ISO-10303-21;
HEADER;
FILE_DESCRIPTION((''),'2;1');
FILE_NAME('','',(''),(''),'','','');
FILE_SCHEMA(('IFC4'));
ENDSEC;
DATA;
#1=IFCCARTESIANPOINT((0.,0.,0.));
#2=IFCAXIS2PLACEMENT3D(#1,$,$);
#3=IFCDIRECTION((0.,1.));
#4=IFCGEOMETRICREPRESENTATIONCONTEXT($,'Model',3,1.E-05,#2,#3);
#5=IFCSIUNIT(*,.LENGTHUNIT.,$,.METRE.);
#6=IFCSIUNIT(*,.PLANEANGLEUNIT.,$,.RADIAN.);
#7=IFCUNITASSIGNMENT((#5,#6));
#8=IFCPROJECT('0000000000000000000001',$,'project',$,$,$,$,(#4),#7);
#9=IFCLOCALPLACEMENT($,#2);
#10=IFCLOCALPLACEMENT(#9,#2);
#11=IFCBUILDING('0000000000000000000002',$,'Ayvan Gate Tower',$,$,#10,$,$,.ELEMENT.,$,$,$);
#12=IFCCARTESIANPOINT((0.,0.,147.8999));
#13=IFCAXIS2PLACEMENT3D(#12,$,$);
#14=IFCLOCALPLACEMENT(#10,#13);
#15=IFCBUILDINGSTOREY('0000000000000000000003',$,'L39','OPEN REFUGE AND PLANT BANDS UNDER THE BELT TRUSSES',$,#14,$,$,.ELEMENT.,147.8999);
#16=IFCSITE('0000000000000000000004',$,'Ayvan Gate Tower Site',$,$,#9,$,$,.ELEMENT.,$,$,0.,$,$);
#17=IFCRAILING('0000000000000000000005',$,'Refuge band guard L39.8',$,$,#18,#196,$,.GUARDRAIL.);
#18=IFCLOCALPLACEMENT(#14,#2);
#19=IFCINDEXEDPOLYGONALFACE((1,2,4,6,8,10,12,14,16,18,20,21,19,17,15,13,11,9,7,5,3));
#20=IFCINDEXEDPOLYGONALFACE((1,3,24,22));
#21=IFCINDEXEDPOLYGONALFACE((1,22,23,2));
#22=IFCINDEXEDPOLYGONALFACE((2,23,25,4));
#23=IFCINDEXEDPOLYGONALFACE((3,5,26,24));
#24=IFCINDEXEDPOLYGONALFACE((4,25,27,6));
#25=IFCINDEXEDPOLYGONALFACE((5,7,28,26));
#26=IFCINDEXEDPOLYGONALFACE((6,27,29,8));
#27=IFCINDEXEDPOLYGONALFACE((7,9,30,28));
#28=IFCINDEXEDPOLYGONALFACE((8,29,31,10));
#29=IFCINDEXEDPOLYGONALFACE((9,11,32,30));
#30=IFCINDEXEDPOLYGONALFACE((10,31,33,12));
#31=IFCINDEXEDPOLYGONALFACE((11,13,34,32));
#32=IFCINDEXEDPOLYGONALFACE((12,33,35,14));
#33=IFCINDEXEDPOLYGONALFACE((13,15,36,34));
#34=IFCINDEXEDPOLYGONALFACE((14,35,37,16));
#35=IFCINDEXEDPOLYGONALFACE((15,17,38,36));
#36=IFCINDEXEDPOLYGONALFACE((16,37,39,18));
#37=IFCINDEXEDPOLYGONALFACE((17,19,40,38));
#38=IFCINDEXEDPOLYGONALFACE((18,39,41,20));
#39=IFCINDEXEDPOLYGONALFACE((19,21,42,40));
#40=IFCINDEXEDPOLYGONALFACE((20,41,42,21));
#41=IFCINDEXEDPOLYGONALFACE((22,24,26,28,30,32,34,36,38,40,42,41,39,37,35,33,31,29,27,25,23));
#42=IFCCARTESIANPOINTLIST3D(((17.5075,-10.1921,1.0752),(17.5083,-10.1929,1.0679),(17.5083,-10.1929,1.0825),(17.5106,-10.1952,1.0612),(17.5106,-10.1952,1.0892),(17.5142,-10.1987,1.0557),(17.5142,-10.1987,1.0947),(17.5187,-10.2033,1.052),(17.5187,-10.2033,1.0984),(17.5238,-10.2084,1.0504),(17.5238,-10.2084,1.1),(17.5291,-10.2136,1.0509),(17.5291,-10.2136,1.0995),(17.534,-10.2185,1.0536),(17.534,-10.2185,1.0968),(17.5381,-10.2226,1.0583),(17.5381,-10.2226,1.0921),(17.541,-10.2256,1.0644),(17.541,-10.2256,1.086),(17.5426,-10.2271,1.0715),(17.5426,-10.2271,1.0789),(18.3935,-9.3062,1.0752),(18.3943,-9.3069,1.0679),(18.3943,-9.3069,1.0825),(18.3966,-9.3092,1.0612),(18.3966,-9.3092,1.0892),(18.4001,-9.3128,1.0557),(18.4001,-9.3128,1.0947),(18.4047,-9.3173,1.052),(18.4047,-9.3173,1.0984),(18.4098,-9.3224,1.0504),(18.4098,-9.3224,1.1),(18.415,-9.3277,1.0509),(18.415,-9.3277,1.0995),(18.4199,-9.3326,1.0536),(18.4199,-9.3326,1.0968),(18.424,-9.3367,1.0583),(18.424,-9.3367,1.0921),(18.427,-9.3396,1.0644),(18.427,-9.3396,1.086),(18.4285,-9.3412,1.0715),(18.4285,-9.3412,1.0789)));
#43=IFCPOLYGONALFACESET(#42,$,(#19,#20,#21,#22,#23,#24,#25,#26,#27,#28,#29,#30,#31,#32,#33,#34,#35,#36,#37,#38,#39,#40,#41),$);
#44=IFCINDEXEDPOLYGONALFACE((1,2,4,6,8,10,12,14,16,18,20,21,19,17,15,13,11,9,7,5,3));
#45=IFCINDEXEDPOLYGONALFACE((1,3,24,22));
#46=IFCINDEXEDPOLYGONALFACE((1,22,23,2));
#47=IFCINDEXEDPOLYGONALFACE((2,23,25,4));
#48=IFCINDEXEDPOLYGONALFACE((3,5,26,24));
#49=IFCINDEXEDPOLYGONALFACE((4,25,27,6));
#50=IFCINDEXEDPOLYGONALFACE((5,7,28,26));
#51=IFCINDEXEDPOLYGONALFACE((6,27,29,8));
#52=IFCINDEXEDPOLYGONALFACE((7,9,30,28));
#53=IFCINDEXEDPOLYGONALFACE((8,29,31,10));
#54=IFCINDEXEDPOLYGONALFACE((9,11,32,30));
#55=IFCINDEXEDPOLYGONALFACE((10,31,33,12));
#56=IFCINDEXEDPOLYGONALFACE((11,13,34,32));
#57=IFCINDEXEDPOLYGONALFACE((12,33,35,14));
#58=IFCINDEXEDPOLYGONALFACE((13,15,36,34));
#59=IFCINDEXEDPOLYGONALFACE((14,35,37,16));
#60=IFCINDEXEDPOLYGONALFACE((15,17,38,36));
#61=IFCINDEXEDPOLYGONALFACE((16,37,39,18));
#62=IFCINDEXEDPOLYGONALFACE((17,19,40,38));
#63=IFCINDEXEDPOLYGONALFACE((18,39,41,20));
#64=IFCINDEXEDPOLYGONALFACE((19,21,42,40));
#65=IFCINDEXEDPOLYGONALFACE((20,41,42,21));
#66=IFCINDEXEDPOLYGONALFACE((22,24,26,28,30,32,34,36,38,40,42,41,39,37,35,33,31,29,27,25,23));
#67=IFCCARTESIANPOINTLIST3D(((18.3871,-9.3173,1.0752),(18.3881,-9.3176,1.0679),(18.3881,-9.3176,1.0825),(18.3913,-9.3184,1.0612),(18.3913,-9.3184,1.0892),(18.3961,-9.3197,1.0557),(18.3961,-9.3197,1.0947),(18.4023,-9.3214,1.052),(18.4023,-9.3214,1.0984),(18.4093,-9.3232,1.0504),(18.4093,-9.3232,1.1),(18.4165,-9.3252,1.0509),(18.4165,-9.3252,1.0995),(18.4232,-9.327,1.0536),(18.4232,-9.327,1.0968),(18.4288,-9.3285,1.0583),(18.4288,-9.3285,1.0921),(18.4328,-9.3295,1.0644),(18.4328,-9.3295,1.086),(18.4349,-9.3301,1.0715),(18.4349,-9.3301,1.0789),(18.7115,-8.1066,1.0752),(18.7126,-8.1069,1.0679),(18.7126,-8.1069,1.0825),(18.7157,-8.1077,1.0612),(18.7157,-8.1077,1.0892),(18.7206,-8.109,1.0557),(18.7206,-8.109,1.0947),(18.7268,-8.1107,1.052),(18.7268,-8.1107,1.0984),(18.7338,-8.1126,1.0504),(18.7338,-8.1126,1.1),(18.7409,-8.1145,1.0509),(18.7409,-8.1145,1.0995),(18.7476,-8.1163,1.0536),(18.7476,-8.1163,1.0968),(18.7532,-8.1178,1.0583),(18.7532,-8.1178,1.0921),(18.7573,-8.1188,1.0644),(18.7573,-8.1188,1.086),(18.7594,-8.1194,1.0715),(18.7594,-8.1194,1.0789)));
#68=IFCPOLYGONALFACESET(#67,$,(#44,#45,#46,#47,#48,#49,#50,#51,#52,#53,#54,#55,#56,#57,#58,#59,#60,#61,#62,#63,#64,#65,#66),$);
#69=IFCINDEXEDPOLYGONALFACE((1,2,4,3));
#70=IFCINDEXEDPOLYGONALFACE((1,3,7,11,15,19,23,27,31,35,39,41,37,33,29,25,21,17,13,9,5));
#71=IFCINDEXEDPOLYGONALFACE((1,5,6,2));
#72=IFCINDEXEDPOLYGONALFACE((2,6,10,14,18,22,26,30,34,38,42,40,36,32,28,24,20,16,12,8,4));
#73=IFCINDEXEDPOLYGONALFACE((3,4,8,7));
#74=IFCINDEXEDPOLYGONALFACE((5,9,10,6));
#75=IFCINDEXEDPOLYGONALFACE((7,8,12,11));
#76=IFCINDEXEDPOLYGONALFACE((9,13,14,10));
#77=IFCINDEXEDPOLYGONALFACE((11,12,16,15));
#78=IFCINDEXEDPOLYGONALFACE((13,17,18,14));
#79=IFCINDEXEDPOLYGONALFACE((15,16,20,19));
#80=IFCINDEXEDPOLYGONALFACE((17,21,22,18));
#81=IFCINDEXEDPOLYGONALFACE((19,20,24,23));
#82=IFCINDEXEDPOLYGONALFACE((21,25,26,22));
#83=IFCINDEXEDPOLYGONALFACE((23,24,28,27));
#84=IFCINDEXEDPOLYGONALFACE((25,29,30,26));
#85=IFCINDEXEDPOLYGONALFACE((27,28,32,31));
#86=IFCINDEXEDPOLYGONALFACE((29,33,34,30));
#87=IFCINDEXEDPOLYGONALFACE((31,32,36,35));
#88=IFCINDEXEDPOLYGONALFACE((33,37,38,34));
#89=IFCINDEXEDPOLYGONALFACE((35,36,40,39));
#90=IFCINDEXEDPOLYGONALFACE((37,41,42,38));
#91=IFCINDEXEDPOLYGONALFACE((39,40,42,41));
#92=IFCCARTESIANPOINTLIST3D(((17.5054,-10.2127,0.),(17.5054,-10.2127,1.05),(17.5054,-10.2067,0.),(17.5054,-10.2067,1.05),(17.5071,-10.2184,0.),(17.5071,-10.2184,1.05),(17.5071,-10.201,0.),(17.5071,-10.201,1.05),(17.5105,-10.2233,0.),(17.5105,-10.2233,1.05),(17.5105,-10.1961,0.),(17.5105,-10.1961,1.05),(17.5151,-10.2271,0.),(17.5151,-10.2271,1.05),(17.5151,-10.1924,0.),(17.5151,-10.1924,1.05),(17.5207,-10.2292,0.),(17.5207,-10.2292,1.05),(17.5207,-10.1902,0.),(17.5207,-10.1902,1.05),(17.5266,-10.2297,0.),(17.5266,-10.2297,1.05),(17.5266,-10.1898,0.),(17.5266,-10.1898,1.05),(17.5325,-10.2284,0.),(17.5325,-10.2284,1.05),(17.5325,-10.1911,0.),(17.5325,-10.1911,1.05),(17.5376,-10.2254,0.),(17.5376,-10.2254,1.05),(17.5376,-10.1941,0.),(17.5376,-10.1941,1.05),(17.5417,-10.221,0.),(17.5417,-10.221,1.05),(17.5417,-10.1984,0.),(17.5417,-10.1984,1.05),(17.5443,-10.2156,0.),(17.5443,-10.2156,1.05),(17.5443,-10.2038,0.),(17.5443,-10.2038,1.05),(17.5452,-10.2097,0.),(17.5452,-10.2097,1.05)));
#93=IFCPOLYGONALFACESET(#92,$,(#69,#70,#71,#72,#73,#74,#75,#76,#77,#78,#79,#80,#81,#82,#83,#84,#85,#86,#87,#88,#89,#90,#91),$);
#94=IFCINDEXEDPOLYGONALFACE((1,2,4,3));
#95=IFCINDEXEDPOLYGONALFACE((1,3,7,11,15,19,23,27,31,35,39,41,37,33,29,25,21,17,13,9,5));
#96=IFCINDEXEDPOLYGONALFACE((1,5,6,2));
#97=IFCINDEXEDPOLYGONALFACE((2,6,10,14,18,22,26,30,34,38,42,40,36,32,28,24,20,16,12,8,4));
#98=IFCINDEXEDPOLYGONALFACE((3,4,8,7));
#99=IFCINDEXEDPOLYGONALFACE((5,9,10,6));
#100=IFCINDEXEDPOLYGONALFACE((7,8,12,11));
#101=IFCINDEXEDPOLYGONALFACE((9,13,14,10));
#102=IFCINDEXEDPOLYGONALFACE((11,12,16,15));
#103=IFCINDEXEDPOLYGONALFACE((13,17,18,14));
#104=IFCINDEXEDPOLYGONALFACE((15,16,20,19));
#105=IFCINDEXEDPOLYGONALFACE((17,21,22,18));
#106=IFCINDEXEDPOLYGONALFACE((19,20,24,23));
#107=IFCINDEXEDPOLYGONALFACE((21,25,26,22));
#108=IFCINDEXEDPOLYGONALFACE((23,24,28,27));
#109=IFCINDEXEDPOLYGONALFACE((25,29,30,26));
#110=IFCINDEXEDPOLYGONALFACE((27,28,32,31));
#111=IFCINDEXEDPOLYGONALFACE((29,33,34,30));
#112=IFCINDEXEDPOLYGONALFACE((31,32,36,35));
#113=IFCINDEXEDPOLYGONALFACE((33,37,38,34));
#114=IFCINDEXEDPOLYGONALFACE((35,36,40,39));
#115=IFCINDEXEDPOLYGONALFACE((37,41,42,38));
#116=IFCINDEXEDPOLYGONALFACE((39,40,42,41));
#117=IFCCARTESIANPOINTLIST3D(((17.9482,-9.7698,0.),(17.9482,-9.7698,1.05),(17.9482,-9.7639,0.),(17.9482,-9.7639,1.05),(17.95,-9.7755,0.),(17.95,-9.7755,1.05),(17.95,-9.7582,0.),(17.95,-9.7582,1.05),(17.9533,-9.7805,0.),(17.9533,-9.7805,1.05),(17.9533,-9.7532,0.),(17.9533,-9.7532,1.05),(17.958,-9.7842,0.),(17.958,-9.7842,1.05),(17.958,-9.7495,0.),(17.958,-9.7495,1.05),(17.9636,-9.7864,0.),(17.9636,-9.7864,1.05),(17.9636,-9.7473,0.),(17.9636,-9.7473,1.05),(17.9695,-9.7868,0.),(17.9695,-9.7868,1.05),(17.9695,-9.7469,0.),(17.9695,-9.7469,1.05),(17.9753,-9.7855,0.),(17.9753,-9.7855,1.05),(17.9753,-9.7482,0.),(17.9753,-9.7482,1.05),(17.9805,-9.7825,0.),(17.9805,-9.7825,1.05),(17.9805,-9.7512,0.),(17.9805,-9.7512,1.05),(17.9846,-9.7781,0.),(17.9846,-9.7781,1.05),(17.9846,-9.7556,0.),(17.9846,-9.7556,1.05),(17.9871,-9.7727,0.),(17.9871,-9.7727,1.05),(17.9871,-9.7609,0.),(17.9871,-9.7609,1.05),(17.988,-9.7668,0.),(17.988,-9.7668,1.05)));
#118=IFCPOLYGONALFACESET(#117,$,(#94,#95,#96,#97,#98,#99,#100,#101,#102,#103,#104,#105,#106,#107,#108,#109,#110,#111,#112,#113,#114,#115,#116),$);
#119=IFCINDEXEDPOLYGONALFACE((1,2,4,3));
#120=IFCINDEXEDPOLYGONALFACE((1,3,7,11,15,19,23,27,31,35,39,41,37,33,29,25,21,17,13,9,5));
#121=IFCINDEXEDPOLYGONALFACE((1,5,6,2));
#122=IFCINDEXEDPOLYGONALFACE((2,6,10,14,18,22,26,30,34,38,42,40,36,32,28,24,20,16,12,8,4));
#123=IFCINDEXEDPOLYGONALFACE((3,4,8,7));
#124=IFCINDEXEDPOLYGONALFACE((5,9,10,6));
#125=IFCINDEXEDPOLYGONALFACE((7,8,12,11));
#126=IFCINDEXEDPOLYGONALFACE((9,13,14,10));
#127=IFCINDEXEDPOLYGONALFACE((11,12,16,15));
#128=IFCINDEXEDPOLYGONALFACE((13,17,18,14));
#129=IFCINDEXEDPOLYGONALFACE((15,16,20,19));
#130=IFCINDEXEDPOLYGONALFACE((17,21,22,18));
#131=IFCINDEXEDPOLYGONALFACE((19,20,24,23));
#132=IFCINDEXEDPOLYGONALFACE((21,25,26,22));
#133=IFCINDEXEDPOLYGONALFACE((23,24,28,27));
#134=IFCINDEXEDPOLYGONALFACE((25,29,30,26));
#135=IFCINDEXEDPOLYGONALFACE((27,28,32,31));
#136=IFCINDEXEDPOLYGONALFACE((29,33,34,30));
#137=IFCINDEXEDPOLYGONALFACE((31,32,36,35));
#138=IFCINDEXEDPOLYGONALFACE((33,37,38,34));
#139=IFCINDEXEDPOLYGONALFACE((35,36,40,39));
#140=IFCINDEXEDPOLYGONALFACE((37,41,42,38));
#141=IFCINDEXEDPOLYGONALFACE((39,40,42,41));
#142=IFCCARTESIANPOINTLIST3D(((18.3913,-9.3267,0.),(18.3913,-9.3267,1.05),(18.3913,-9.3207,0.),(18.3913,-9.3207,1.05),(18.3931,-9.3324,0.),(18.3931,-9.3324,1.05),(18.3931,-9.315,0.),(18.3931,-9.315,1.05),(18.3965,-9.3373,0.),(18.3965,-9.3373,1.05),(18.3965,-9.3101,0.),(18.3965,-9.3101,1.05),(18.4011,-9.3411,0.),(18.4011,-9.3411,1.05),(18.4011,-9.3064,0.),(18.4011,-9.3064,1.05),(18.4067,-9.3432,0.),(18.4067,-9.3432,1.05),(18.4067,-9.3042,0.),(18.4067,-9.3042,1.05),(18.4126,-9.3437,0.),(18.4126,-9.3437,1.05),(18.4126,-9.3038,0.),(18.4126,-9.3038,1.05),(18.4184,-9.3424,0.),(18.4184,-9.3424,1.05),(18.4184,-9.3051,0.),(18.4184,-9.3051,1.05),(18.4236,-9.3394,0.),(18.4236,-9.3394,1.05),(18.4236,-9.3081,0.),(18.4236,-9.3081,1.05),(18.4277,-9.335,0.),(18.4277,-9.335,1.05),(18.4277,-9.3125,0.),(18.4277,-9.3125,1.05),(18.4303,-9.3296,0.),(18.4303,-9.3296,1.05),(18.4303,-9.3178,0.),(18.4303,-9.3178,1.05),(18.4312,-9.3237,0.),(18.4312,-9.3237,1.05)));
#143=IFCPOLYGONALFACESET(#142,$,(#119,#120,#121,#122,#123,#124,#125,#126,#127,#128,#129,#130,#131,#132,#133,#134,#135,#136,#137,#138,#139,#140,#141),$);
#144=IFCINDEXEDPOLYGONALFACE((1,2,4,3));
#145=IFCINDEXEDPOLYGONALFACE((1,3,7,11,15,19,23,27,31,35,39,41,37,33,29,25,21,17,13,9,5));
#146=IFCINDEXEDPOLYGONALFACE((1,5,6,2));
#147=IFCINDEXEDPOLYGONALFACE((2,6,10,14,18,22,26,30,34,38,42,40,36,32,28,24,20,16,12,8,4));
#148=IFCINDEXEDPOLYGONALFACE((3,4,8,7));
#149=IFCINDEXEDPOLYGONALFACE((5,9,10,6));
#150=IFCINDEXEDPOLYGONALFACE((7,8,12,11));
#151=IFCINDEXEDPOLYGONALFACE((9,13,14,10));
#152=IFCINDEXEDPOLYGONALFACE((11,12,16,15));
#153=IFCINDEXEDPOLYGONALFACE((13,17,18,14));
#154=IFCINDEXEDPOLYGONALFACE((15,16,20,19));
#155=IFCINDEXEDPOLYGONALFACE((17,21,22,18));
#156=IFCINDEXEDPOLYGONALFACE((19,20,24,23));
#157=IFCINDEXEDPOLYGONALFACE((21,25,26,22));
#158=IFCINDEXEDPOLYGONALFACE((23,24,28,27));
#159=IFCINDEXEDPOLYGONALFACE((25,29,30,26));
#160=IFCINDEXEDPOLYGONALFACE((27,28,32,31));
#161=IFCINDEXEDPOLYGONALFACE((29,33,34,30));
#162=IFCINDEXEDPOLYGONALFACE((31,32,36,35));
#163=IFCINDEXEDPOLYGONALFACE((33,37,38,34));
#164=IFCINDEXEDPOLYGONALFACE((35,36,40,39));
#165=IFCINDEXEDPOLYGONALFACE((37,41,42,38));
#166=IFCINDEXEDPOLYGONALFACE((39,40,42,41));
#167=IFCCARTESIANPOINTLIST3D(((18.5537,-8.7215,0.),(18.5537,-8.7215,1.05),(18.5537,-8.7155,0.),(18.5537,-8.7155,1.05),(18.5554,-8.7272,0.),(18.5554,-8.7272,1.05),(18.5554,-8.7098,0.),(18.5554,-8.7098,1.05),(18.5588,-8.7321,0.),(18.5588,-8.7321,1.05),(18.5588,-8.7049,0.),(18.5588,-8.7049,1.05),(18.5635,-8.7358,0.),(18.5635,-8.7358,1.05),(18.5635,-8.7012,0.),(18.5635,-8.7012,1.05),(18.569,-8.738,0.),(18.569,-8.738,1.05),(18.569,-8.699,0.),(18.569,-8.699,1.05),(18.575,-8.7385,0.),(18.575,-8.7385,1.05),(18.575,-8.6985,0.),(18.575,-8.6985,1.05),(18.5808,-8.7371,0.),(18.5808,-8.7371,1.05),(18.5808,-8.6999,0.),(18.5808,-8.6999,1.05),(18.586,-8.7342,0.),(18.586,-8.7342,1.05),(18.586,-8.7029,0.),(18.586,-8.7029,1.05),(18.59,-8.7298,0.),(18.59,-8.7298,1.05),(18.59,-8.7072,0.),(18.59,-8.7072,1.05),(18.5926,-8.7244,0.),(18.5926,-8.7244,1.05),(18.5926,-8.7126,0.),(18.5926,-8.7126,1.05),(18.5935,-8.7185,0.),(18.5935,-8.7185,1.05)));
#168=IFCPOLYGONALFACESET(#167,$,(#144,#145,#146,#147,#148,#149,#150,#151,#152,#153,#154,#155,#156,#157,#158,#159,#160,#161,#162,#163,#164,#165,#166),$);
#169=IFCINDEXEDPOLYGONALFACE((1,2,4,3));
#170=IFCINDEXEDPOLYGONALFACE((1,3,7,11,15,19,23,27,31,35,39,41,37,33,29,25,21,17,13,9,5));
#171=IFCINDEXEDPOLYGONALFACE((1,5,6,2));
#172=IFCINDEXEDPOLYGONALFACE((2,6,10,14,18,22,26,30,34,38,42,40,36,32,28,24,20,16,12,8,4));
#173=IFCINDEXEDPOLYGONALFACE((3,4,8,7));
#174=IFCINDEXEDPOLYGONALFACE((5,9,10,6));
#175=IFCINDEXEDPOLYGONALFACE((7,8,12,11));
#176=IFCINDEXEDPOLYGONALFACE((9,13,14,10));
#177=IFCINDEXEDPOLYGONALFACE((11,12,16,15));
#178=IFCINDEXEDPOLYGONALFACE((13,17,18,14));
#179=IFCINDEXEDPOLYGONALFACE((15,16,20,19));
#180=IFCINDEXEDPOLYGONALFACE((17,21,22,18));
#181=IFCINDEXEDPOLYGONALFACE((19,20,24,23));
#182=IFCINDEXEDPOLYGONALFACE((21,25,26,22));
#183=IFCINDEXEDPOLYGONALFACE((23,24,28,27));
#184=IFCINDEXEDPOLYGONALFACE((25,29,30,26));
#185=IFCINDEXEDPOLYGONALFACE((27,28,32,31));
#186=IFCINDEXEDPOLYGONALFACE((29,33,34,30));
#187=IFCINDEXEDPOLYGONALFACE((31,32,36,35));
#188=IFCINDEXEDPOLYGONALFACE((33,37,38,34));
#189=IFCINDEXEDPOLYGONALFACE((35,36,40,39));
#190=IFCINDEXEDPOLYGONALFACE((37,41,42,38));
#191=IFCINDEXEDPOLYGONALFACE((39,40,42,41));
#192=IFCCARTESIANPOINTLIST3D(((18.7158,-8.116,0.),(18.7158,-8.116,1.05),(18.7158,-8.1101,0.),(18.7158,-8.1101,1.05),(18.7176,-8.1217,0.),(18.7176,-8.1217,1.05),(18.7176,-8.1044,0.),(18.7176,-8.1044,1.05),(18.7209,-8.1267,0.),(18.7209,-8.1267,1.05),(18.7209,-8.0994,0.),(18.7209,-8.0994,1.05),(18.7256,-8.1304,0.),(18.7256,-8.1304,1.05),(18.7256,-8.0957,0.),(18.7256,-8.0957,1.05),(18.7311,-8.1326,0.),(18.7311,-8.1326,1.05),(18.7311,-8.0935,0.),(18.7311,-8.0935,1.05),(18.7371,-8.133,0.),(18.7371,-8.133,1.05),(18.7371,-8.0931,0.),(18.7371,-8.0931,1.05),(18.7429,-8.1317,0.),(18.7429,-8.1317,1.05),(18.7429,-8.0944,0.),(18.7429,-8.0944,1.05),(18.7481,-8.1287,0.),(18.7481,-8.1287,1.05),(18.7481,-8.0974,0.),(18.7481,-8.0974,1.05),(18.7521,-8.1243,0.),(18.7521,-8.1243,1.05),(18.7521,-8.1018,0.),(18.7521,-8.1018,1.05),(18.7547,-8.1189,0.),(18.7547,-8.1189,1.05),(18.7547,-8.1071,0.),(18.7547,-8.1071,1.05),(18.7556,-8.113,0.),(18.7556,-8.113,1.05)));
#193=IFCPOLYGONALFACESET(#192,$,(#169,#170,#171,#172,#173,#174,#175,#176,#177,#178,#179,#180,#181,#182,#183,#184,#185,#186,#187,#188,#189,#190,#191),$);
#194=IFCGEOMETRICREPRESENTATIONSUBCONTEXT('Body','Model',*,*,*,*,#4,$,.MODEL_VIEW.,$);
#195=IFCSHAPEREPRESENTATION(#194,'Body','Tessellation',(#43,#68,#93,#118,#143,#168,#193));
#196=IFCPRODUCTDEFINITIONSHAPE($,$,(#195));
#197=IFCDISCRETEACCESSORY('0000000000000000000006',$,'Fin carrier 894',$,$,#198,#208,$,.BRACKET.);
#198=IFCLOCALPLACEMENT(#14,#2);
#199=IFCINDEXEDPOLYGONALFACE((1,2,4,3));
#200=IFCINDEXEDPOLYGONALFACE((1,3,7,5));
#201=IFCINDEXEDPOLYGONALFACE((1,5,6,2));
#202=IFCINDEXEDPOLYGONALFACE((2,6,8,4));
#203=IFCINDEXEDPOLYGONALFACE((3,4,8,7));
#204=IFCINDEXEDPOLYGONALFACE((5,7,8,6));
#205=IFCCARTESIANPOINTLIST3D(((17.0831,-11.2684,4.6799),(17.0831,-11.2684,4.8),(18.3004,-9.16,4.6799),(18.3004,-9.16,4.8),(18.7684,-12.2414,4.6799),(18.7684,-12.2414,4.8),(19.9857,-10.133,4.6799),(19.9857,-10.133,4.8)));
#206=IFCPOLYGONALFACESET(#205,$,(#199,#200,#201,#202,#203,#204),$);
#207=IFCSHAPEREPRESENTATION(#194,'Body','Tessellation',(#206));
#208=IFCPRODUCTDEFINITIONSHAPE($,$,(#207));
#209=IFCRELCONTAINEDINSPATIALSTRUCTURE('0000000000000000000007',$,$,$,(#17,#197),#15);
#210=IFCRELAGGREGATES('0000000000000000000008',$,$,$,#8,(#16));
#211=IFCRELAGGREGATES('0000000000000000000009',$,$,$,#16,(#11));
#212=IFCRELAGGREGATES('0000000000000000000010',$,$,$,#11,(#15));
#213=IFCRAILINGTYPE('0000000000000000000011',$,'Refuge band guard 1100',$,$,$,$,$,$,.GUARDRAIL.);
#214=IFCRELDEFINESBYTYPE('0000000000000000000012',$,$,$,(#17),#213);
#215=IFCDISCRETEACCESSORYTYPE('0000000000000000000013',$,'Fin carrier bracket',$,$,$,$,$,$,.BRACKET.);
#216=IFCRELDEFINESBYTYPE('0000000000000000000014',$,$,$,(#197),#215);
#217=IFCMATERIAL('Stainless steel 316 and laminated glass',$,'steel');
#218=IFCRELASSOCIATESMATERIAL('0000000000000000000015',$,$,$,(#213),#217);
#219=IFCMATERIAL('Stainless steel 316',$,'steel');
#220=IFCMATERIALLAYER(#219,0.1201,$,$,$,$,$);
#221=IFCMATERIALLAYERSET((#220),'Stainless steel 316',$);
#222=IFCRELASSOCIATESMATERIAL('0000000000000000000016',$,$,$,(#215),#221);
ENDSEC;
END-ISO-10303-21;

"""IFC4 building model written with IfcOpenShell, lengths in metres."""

from ifc_helpers import new_model, si_unit, direction, frame, origin, origin_2d, place, context, subcontext, project, spatial, rectangle, circle, extrude, material, layer, layer_set, type_object, element, save


model = new_model("IFC4")

# Units and contexts
model_context = context("Model", 3, precision=1e-05, world=origin(), true_north=direction((0.0, 1.0)))
body_context = subcontext(model_context, "Body", "Model", "MODEL_VIEW")
ifc_project = project(units=[si_unit("LENGTHUNIT", "METRE"), si_unit("PLANEANGLEUNIT", "RADIAN")], contexts=[model_context])

# Site, building, storey
site_placement = place(None, origin())
site = spatial("IfcSite", under=ifc_project, at=site_placement, Name="Ayvan Gate Tower Site", CompositionType="ELEMENT", RefElevation=0.0)
building_placement = place(site_placement, origin())
building = spatial("IfcBuilding", under=site, at=building_placement, Name="Ayvan Gate Tower", CompositionType="ELEMENT")
storey_placement = place(building_placement, frame((0.0, 0.0, 147.8999)))
storey = spatial("IfcBuildingStorey", under=building, at=storey_placement, Name="L39", Description="OPEN REFUGE AND PLANT BANDS UNDER THE BELT TRUSSES", CompositionType="ELEMENT", Elevation=147.8999)

# Railing
ifc_material_1 = material(Name="Stainless steel 316 and laminated glass", Category="steel")
railing_type = type_object("IfcRailingType", Name="Refuge band guard 1100", PredefinedType="GUARDRAIL", material=ifc_material_1)
railing_placement = place(storey_placement, frame((17.5251, -10.2097, 0.0)))
element("IfcRailing", 1, at=railing_placement, inside=storey, type_object=railing_type, Name="Refuge band guard L39.8", PredefinedType="GUARDRAIL", context=body_context, shape_type="SweptSolid", body=[
    extrude(circle(Radius=0.0249, at=origin_2d()), frame((0.0, 0.0, 1.0752), z_axis=(0.707107, 0.707107, 0.0), x_axis=(-0.707107, 0.707107, 0.0)), (0.0, 0.0, 1.0), 1.2529),
    extrude(circle(Radius=0.0249, at=origin_2d()), frame((0.886, 0.886, 1.0752), z_axis=(0.258863, 0.965914, 0.0), x_axis=(-0.965914, 0.258863, 0.0)), (0.0, 0.0, 1.0), 1.2534),
    extrude(circle(Radius=0.02, at=origin_2d()), origin(), (0.0, 0.0, 1.0), 1.05),
    extrude(circle(Radius=0.02, at=origin_2d()), frame((0.4429, 0.4429, 0.0)), (0.0, 0.0, 1.0), 1.05),
    extrude(circle(Radius=0.02, at=origin_2d()), frame((0.886, 0.886, 0.0)), (0.0, 0.0, 1.0), 1.05),
    extrude(circle(Radius=0.02, at=origin_2d()), frame((1.0483, 1.4912, 0.0)), (0.0, 0.0, 1.0), 1.05),
    extrude(circle(Radius=0.02, at=origin_2d()), frame((1.2104, 2.0967, 0.0)), (0.0, 0.0, 1.0), 1.05),
])

# Discrete accessory
ifc_material_2 = material(Name="Stainless steel 316", Category="steel")
ifc_layer_1 = layer(ifc_material_2, 0.1201)
ifc_layer_set_1 = layer_set([ifc_layer_1], Name="Stainless steel 316")
discrete_accessory_type_1 = type_object("IfcDiscreteAccessoryType", Name="Fin carrier bracket", PredefinedType="BRACKET", material=ifc_layer_set_1)
discrete_accessory_1_placement = place(storey_placement, frame((18.5344, -10.7007, 4.6799), z_axis=(0.0, 0.0, 1.0), x_axis=(0.5, 0.866025, 0.0)))
element("IfcDiscreteAccessory", 2, at=discrete_accessory_1_placement, inside=storey, type_object=discrete_accessory_type_1, Name="Fin carrier 894", PredefinedType="BRACKET", context=body_context, shape_type="SweptSolid", body=[
    extrude(rectangle(XDim=2.4346, YDim=1.946, at=origin_2d()), origin(), (0.0, 0.0, 1.0), 0.1201),
])

save(model, "model.ifc")
